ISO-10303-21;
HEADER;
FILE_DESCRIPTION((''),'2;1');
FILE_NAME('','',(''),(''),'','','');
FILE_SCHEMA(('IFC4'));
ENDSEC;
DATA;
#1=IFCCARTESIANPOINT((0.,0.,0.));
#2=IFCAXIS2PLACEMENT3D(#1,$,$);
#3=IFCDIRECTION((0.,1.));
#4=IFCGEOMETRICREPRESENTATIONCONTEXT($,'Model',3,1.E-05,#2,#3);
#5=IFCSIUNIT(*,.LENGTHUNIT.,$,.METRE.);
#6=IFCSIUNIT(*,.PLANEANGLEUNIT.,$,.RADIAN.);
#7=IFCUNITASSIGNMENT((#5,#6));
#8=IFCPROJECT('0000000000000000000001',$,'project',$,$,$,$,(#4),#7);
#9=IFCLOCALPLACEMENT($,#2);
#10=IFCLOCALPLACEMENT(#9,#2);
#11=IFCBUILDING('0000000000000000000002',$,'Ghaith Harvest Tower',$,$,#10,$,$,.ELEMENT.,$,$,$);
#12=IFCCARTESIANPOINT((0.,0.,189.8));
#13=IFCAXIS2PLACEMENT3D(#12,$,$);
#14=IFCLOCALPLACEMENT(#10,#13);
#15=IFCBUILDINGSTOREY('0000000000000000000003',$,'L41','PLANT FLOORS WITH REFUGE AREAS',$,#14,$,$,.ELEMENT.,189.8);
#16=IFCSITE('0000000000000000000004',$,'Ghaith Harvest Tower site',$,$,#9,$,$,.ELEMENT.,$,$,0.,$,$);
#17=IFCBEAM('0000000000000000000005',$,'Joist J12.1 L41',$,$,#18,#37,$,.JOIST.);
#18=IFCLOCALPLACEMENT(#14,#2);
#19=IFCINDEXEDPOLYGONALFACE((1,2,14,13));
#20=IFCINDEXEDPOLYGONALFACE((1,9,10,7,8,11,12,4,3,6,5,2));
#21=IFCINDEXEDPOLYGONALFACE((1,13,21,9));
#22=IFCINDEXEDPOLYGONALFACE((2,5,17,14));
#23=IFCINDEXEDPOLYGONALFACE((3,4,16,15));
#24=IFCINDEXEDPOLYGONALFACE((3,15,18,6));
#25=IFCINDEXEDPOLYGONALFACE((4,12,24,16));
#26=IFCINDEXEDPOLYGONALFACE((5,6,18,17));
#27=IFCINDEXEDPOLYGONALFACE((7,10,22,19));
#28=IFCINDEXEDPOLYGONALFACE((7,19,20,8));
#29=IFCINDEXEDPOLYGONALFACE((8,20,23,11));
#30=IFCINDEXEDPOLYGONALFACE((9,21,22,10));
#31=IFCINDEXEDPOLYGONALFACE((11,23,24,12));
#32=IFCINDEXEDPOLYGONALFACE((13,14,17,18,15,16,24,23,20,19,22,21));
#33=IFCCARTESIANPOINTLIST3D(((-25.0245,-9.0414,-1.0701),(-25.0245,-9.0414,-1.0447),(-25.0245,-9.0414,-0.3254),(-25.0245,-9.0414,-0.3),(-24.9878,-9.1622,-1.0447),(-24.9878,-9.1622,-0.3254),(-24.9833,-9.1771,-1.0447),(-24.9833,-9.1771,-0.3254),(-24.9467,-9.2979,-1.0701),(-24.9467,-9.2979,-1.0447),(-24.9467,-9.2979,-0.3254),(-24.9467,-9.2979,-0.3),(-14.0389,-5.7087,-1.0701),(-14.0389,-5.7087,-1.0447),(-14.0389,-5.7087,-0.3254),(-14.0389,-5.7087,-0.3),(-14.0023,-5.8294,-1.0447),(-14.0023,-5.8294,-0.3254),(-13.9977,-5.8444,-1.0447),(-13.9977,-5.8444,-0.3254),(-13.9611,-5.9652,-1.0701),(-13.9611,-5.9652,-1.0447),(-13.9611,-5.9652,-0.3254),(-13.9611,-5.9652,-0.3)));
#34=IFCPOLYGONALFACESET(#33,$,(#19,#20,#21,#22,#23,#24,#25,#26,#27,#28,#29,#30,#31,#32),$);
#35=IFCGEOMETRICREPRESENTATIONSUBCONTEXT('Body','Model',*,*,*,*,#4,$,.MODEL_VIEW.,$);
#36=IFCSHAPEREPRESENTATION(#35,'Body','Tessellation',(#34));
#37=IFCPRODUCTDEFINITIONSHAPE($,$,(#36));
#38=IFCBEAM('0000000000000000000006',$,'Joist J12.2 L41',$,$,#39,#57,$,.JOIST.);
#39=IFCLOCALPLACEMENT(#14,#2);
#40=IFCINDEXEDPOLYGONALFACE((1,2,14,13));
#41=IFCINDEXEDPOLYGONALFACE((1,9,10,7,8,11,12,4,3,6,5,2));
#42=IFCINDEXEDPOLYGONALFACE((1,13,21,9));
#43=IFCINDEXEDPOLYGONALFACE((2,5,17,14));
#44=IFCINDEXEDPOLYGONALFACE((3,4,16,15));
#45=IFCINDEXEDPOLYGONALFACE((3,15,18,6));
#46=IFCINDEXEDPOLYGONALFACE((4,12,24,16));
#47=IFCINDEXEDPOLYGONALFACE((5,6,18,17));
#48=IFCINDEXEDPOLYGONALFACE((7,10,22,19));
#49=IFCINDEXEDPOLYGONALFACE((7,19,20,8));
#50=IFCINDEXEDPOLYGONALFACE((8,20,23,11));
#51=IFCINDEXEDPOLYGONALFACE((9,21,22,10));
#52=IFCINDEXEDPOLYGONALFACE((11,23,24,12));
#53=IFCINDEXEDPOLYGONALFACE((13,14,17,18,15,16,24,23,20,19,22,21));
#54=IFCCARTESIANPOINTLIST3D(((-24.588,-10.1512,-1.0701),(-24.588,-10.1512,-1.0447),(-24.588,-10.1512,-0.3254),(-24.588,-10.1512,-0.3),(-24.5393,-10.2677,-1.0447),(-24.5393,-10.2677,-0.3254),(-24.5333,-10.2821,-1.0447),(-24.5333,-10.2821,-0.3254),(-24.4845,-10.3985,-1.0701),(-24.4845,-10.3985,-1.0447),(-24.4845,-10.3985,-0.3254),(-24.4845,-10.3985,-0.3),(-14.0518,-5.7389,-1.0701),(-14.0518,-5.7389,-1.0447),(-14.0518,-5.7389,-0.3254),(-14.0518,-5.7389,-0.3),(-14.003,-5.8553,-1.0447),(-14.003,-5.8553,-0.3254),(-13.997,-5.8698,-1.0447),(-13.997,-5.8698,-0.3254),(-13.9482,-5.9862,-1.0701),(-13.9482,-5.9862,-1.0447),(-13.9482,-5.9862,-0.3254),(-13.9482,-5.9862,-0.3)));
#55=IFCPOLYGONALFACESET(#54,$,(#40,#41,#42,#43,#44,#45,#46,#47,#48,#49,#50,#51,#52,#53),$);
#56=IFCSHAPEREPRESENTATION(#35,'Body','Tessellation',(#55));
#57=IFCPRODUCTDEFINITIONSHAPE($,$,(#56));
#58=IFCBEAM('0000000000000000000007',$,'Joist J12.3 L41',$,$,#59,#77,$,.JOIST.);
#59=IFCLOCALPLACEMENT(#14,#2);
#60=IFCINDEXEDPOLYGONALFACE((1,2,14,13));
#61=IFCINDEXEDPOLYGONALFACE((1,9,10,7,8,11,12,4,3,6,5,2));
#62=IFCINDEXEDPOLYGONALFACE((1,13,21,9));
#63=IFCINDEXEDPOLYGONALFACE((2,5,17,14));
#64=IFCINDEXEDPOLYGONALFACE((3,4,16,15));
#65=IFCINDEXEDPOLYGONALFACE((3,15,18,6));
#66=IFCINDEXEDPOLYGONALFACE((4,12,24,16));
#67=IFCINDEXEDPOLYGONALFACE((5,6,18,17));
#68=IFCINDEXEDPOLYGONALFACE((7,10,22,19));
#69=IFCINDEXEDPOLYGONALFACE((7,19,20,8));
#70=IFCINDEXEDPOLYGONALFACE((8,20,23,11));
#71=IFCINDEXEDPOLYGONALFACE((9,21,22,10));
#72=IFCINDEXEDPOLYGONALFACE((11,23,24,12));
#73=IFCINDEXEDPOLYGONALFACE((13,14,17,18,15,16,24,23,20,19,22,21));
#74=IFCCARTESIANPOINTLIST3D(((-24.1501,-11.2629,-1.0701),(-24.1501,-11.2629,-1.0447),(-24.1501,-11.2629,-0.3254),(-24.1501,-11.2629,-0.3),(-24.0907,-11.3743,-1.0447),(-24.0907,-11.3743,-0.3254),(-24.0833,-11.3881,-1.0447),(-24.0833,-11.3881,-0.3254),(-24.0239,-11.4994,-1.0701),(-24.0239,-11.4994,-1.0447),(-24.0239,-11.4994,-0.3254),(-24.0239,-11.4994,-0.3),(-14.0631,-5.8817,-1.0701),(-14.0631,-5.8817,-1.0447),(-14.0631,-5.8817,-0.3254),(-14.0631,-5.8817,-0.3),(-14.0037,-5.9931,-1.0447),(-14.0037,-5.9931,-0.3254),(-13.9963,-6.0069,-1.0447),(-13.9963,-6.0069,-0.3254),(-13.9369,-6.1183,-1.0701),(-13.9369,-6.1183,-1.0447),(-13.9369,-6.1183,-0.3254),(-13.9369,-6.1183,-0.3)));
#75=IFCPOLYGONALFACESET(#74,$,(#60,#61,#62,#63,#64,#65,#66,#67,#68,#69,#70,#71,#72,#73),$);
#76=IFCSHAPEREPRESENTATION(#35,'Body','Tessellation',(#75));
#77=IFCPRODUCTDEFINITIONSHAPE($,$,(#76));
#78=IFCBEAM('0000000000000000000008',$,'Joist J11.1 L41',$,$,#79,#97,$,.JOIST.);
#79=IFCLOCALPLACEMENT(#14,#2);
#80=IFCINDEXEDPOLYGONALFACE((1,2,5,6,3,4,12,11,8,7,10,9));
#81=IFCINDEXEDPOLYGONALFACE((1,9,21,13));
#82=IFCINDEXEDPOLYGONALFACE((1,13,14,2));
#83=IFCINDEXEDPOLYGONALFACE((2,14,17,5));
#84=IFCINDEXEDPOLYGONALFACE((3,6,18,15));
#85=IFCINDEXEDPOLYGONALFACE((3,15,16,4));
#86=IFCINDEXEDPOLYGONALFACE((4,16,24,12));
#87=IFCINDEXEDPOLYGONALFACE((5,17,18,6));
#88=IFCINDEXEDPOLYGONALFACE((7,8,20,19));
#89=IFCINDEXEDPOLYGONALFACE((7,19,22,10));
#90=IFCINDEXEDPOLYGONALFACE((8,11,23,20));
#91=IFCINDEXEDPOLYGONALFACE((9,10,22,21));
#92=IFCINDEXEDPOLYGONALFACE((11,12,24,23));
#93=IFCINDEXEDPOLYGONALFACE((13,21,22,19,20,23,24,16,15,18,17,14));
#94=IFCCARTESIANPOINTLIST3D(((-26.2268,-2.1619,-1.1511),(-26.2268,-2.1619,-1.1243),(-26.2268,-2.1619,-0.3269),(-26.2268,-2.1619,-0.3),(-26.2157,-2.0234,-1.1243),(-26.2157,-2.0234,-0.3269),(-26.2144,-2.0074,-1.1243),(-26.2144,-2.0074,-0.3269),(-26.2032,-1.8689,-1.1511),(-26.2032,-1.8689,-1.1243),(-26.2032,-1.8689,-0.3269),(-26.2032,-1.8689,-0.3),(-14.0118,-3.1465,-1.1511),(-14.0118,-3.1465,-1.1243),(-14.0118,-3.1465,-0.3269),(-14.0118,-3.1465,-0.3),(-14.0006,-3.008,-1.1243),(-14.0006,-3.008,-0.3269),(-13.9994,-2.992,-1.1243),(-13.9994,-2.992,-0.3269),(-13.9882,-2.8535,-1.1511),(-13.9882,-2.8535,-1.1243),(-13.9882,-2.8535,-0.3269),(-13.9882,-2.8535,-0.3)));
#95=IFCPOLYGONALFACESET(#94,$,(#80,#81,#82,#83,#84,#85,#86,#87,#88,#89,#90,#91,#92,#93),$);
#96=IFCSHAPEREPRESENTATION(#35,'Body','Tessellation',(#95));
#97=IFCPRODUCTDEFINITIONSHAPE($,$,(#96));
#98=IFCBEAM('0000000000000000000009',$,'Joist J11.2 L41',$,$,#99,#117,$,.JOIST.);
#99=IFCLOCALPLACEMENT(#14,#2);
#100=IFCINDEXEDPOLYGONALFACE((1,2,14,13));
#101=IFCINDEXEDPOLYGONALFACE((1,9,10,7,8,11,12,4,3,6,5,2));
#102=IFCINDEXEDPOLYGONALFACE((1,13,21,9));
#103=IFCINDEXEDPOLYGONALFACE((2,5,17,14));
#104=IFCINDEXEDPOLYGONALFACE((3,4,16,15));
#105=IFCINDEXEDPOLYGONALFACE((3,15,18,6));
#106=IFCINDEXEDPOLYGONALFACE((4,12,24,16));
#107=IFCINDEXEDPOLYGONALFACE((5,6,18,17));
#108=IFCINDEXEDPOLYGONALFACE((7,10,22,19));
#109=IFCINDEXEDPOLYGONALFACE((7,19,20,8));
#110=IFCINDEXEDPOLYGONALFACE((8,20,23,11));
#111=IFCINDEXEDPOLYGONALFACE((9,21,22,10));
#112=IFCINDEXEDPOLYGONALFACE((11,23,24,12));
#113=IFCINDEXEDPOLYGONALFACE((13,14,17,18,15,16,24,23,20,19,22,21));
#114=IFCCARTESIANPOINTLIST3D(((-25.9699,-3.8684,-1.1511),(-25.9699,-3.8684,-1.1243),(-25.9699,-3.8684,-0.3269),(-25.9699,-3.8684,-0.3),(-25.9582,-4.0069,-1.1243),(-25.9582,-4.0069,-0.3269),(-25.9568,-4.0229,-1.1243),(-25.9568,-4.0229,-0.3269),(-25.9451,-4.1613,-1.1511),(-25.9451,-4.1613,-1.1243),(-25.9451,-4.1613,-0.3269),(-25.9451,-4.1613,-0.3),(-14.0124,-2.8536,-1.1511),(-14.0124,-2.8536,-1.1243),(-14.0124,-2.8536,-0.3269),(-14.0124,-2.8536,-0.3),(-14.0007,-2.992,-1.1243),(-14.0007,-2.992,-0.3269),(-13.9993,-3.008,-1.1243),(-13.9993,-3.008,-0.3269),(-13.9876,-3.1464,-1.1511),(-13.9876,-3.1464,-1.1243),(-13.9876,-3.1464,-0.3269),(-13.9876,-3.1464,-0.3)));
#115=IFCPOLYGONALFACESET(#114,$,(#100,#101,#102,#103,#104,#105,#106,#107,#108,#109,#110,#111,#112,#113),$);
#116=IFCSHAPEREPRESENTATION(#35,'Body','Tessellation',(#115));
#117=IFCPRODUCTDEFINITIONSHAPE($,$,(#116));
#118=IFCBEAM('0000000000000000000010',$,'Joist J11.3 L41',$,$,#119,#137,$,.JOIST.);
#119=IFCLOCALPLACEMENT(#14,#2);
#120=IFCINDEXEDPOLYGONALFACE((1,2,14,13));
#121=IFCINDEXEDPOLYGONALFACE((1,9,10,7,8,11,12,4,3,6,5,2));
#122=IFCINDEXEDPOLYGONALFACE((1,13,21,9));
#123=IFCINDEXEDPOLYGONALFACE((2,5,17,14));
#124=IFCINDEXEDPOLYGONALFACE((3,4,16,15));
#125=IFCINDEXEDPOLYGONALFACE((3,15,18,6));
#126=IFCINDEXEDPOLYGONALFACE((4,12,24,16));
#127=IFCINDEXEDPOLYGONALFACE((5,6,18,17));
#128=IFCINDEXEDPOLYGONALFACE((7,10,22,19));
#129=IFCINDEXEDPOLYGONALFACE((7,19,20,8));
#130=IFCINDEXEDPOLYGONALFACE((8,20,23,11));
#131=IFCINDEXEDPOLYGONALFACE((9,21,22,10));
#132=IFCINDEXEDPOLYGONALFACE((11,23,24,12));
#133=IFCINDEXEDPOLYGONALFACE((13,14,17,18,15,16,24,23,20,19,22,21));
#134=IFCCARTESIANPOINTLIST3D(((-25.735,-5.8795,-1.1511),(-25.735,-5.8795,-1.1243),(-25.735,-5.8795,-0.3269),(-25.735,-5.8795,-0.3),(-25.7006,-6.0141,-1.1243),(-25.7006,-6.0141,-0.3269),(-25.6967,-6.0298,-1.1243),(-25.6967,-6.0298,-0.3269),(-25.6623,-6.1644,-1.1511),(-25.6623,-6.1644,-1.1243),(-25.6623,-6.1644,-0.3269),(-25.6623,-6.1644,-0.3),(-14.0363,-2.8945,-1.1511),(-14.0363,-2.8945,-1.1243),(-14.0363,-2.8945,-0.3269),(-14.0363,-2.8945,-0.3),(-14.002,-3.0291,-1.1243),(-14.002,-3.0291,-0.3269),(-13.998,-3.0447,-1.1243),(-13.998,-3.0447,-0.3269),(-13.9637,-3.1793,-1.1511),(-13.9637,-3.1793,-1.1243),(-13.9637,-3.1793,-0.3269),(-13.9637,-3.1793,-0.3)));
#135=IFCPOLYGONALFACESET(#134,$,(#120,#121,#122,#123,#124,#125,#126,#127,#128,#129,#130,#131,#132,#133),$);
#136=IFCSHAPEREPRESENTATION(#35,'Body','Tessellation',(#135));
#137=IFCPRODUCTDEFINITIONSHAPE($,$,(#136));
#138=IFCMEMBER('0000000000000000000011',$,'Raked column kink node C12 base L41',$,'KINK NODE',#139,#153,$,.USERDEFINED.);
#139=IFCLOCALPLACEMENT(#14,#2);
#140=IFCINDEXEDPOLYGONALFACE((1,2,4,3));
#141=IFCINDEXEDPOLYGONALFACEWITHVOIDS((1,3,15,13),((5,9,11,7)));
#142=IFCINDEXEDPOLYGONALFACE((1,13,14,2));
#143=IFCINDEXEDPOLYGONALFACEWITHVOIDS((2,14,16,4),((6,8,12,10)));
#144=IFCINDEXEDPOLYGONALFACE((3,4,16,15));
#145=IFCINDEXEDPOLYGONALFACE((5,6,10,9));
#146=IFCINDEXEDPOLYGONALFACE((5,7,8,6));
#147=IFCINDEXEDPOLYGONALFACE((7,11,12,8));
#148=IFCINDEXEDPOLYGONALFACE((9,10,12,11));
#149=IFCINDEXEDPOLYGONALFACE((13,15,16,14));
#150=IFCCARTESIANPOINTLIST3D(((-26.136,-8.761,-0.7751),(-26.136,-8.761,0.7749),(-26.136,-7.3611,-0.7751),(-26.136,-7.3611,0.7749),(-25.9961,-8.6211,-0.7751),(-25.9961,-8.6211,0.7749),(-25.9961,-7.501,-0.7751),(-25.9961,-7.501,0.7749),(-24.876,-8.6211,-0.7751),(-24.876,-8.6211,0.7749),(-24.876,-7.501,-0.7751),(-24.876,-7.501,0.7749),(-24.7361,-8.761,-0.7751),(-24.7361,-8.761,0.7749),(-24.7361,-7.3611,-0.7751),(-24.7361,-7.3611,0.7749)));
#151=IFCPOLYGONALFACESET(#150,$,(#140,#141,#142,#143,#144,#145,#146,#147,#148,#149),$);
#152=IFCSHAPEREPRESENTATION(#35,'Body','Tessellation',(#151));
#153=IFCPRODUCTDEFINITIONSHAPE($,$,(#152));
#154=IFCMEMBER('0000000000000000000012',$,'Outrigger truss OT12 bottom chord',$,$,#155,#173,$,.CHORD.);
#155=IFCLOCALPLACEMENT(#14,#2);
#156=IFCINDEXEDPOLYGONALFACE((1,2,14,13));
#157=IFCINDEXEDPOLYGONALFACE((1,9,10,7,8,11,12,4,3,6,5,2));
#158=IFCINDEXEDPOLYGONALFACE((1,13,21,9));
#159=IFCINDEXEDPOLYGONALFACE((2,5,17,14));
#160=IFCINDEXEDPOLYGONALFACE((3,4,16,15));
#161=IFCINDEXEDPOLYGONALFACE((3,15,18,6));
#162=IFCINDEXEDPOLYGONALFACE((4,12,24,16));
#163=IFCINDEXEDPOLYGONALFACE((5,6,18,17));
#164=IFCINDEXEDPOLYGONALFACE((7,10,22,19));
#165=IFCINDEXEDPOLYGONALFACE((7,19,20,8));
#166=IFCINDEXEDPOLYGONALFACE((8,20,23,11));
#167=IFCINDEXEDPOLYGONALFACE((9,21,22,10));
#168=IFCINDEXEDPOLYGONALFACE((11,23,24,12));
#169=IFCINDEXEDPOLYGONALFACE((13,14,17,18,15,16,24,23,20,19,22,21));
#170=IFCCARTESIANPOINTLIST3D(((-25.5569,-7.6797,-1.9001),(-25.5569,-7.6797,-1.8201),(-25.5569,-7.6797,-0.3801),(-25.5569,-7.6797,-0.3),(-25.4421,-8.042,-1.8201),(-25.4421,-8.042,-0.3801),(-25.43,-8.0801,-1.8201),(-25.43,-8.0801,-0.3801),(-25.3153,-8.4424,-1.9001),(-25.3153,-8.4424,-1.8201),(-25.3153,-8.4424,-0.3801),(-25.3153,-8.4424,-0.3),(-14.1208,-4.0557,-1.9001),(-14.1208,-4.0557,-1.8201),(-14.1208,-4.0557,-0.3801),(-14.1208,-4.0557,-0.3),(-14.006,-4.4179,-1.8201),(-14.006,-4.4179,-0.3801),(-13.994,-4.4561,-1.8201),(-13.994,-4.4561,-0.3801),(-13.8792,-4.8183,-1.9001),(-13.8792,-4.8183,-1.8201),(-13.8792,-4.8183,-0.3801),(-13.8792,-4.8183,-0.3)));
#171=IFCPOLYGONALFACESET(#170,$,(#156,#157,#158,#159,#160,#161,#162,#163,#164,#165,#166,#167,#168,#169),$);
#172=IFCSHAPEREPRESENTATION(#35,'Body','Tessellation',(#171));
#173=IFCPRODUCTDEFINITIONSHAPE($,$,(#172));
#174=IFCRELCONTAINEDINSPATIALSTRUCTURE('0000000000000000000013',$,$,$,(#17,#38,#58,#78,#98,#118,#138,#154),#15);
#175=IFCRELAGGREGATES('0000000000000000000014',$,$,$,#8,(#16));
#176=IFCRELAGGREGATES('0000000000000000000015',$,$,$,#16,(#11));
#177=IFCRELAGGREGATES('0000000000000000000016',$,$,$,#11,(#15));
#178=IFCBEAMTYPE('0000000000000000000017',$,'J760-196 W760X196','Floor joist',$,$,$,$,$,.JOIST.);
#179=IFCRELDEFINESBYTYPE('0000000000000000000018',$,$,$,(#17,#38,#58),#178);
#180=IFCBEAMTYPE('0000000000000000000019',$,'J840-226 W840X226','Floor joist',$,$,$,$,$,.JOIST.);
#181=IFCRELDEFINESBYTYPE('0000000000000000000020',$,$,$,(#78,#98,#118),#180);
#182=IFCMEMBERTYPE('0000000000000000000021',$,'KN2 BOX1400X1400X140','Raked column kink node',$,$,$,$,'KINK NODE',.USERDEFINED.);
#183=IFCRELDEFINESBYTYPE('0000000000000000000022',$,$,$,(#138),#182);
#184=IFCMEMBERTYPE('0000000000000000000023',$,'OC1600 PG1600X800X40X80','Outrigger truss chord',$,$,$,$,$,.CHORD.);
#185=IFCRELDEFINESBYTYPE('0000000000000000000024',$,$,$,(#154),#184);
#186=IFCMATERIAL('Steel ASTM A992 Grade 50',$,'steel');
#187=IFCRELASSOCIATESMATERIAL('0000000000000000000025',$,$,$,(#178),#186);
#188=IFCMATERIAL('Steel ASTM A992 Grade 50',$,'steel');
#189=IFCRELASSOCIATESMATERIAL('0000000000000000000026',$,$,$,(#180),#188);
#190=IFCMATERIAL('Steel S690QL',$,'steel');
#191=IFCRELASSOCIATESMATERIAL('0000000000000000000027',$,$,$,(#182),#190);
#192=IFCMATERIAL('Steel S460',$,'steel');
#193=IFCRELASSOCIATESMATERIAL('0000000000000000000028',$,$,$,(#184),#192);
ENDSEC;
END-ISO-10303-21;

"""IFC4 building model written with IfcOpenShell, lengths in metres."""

from ifc_helpers import new_model, si_unit, direction, frame, origin, origin_2d, place, context, subcontext, project, spatial, hollow_rectangle, i_section, extrude, material, material_profile, profile_set, type_object, element, save


model = new_model("IFC4")

# Units and contexts
model_context = context("Model", 3, precision=1e-05, world=origin(), true_north=direction((0.0, 1.0)))
body_context = subcontext(model_context, "Body", "Model", "MODEL_VIEW")
ifc_project = project(units=[si_unit("LENGTHUNIT", "METRE"), si_unit("PLANEANGLEUNIT", "RADIAN")], contexts=[model_context])

# Site, building, storey
site_placement = place(None, origin())
site = spatial("IfcSite", under=ifc_project, at=site_placement, Name="Ghaith Harvest Tower site", CompositionType="ELEMENT", RefElevation=0.0)
building_placement = place(site_placement, origin())
building = spatial("IfcBuilding", under=site, at=building_placement, Name="Ghaith Harvest Tower", CompositionType="ELEMENT")
storey_placement = place(building_placement, frame((0.0, 0.0, 189.8)))
storey = spatial("IfcBuildingStorey", under=building, at=storey_placement, Name="L41", Description="PLANT FLOORS WITH REFUGE AREAS", CompositionType="ELEMENT", Elevation=189.8)

# Beams
ifc_material_1 = material(Name="Steel ASTM A992 Grade 50", Category="steel")
ifc_material_profile_1 = material_profile(ifc_material_1, i_section(OverallWidth=0.2681, OverallDepth=0.77, WebThickness=0.0156, FlangeThickness=0.0254, at=origin_2d()), Name="W760X196")
ifc_profile_set_1 = profile_set([ifc_material_profile_1], Name="Steel ASTM A992 Grade 50")
beam_type_1 = type_object("IfcBeamType", Name="J760-196 W760X196", Description="Floor joist", PredefinedType="JOIST", material=ifc_profile_set_1)
beam_1_placement = place(storey_placement, frame((-14.0, -5.8369, -0.6851), z_axis=(-0.956933, -0.29031, 0.0), x_axis=(0.29031, -0.956933, 0.0)))
element("IfcBeam", 1, at=beam_1_placement, inside=storey, type_object=beam_type_1, Name="Joist J12.1 L41", PredefinedType="JOIST", context=body_context, shape_type="SweptSolid", body=[
    extrude(i_section(OverallWidth=0.2681, OverallDepth=0.77, WebThickness=0.0156, FlangeThickness=0.0254, at=origin_2d()), origin(), (0.0, 0.0, 1.0), 11.48),
])
beam_2_placement = place(storey_placement, frame((-14.0, -5.8625, -0.6851), z_axis=(-0.922386, -0.38627, 0.0), x_axis=(0.38627, -0.922386, 0.0)))
element("IfcBeam", 2, at=beam_2_placement, inside=storey, type_object=beam_type_1, Name="Joist J12.2 L41", PredefinedType="JOIST", context=body_context, shape_type="SweptSolid", body=[
    extrude(i_section(OverallWidth=0.2681, OverallDepth=0.77, WebThickness=0.0156, FlangeThickness=0.0254, at=origin_2d()), origin(), (0.0, 0.0, 1.0), 11.4229),
])
beam_3_placement = place(storey_placement, frame((-14.0, -6.0, -0.6851), z_axis=(-0.882302, -0.470685, 0.0), x_axis=(0.470685, -0.882302, 0.0)))
element("IfcBeam", 3, at=beam_3_placement, inside=storey, type_object=beam_type_1, Name="Joist J12.3 L41", PredefinedType="JOIST", context=body_context, shape_type="SweptSolid", body=[
    extrude(i_section(OverallWidth=0.2681, OverallDepth=0.77, WebThickness=0.0156, FlangeThickness=0.0254, at=origin_2d()), origin(), (0.0, 0.0, 1.0), 11.4326),
])
ifc_material_2 = material(Name="Steel ASTM A992 Grade 50", Category="steel")
ifc_material_profile_2 = material_profile(ifc_material_2, i_section(OverallWidth=0.2939, OverallDepth=0.8511, WebThickness=0.0161, FlangeThickness=0.0269, at=origin_2d()), Name="W840X226")
ifc_profile_set_2 = profile_set([ifc_material_profile_2], Name="Steel ASTM A992 Grade 50")
beam_type_2 = type_object("IfcBeamType", Name="J840-226 W840X226", Description="Floor joist", PredefinedType="JOIST", material=ifc_profile_set_2)
beam_4_placement = place(storey_placement, frame((-14.0, -3.0, -0.7256), z_axis=(-0.996767, 0.080346, 0.0), x_axis=(-0.080346, -0.996767, 0.0)))
element("IfcBeam", 4, at=beam_4_placement, inside=storey, type_object=beam_type_2, Name="Joist J11.1 L41", PredefinedType="JOIST", context=body_context, shape_type="SweptSolid", body=[
    extrude(i_section(OverallWidth=0.2939, OverallDepth=0.8511, WebThickness=0.0161, FlangeThickness=0.0269, at=origin_2d()), origin(), (0.0, 0.0, 1.0), 12.2546),
])
beam_5_placement = place(storey_placement, frame((-14.0, -3.0, -0.7256), z_axis=(-0.996417, -0.084571, 0.0), x_axis=(0.084571, -0.996417, 0.0)))
element("IfcBeam", 5, at=beam_5_placement, inside=storey, type_object=beam_type_2, Name="Joist J11.2 L41", PredefinedType="JOIST", context=body_context, shape_type="SweptSolid", body=[
    extrude(i_section(OverallWidth=0.2939, OverallDepth=0.8511, WebThickness=0.0161, FlangeThickness=0.0269, at=origin_2d()), origin(), (0.0, 0.0, 1.0), 12.0005),
])
beam_6_placement = place(storey_placement, frame((-14.0, -3.0369, -0.7256), z_axis=(-0.968953, -0.247243, 0.0), x_axis=(0.247243, -0.968953, 0.0)))
element("IfcBeam", 6, at=beam_6_placement, inside=storey, type_object=beam_type_2, Name="Joist J11.3 L41", PredefinedType="JOIST", context=body_context, shape_type="SweptSolid", body=[
    extrude(i_section(OverallWidth=0.2939, OverallDepth=0.8511, WebThickness=0.0161, FlangeThickness=0.0269, at=origin_2d()), origin(), (0.0, 0.0, 1.0), 12.0735),
])

# Members
ifc_material_3 = material(Name="Steel S690QL", Category="steel")
ifc_material_profile_3 = material_profile(ifc_material_3, hollow_rectangle(XDim=1.3999, YDim=1.3999, WallThickness=0.1399, at=origin_2d()), Name="BOX1400X1400X140")
ifc_profile_set_3 = profile_set([ifc_material_profile_3], Name="Steel S690QL")
member_type_1 = type_object("IfcMemberType", Name="KN2 BOX1400X1400X140", Description="Raked column kink node", ElementType="KINK NODE", PredefinedType="USERDEFINED", material=ifc_profile_set_3)
member_1_placement = place(storey_placement, frame((-25.436, -8.061, -0.7751), z_axis=(0.0, 0.0, 1.0), x_axis=(1.0, 0.0, 0.0)))
element("IfcMember", 7, at=member_1_placement, inside=storey, type_object=member_type_1, Name="Raked column kink node C12 base L41", ObjectType="KINK NODE", PredefinedType="USERDEFINED", context=body_context, shape_type="SweptSolid", body=[
    extrude(hollow_rectangle(XDim=1.3999, YDim=1.3999, WallThickness=0.1399, at=origin_2d()), origin(), (0.0, 0.0, 1.0), 1.55),
])
ifc_material_4 = material(Name="Steel S460", Category="steel")
ifc_material_profile_4 = material_profile(ifc_material_4, i_section(OverallWidth=0.8, OverallDepth=1.6001, WebThickness=0.04, FlangeThickness=0.0801, at=origin_2d()), Name="PG1600X800X40X80")
ifc_profile_set_4 = profile_set([ifc_material_profile_4], Name="Steel S460")
member_type_2 = type_object("IfcMemberType", Name="OC1600 PG1600X800X40X80", Description="Outrigger truss chord", PredefinedType="CHORD", material=ifc_profile_set_4)
member_2_placement = place(storey_placement, frame((-14.0, -4.437, -1.1001), z_axis=(-0.95328, -0.30209, 0.0), x_axis=(0.30209, -0.95328, 0.0)))
element("IfcMember", 8, at=member_2_placement, inside=storey, type_object=member_type_2, Name="Outrigger truss OT12 bottom chord", PredefinedType="CHORD", context=body_context, shape_type="SweptSolid", body=[
    extrude(i_section(OverallWidth=0.8, OverallDepth=1.6001, WebThickness=0.04, FlangeThickness=0.0801, at=origin_2d()), origin(), (0.0, 0.0, 1.0), 11.9966),
])

save(model, "model.ifc")
